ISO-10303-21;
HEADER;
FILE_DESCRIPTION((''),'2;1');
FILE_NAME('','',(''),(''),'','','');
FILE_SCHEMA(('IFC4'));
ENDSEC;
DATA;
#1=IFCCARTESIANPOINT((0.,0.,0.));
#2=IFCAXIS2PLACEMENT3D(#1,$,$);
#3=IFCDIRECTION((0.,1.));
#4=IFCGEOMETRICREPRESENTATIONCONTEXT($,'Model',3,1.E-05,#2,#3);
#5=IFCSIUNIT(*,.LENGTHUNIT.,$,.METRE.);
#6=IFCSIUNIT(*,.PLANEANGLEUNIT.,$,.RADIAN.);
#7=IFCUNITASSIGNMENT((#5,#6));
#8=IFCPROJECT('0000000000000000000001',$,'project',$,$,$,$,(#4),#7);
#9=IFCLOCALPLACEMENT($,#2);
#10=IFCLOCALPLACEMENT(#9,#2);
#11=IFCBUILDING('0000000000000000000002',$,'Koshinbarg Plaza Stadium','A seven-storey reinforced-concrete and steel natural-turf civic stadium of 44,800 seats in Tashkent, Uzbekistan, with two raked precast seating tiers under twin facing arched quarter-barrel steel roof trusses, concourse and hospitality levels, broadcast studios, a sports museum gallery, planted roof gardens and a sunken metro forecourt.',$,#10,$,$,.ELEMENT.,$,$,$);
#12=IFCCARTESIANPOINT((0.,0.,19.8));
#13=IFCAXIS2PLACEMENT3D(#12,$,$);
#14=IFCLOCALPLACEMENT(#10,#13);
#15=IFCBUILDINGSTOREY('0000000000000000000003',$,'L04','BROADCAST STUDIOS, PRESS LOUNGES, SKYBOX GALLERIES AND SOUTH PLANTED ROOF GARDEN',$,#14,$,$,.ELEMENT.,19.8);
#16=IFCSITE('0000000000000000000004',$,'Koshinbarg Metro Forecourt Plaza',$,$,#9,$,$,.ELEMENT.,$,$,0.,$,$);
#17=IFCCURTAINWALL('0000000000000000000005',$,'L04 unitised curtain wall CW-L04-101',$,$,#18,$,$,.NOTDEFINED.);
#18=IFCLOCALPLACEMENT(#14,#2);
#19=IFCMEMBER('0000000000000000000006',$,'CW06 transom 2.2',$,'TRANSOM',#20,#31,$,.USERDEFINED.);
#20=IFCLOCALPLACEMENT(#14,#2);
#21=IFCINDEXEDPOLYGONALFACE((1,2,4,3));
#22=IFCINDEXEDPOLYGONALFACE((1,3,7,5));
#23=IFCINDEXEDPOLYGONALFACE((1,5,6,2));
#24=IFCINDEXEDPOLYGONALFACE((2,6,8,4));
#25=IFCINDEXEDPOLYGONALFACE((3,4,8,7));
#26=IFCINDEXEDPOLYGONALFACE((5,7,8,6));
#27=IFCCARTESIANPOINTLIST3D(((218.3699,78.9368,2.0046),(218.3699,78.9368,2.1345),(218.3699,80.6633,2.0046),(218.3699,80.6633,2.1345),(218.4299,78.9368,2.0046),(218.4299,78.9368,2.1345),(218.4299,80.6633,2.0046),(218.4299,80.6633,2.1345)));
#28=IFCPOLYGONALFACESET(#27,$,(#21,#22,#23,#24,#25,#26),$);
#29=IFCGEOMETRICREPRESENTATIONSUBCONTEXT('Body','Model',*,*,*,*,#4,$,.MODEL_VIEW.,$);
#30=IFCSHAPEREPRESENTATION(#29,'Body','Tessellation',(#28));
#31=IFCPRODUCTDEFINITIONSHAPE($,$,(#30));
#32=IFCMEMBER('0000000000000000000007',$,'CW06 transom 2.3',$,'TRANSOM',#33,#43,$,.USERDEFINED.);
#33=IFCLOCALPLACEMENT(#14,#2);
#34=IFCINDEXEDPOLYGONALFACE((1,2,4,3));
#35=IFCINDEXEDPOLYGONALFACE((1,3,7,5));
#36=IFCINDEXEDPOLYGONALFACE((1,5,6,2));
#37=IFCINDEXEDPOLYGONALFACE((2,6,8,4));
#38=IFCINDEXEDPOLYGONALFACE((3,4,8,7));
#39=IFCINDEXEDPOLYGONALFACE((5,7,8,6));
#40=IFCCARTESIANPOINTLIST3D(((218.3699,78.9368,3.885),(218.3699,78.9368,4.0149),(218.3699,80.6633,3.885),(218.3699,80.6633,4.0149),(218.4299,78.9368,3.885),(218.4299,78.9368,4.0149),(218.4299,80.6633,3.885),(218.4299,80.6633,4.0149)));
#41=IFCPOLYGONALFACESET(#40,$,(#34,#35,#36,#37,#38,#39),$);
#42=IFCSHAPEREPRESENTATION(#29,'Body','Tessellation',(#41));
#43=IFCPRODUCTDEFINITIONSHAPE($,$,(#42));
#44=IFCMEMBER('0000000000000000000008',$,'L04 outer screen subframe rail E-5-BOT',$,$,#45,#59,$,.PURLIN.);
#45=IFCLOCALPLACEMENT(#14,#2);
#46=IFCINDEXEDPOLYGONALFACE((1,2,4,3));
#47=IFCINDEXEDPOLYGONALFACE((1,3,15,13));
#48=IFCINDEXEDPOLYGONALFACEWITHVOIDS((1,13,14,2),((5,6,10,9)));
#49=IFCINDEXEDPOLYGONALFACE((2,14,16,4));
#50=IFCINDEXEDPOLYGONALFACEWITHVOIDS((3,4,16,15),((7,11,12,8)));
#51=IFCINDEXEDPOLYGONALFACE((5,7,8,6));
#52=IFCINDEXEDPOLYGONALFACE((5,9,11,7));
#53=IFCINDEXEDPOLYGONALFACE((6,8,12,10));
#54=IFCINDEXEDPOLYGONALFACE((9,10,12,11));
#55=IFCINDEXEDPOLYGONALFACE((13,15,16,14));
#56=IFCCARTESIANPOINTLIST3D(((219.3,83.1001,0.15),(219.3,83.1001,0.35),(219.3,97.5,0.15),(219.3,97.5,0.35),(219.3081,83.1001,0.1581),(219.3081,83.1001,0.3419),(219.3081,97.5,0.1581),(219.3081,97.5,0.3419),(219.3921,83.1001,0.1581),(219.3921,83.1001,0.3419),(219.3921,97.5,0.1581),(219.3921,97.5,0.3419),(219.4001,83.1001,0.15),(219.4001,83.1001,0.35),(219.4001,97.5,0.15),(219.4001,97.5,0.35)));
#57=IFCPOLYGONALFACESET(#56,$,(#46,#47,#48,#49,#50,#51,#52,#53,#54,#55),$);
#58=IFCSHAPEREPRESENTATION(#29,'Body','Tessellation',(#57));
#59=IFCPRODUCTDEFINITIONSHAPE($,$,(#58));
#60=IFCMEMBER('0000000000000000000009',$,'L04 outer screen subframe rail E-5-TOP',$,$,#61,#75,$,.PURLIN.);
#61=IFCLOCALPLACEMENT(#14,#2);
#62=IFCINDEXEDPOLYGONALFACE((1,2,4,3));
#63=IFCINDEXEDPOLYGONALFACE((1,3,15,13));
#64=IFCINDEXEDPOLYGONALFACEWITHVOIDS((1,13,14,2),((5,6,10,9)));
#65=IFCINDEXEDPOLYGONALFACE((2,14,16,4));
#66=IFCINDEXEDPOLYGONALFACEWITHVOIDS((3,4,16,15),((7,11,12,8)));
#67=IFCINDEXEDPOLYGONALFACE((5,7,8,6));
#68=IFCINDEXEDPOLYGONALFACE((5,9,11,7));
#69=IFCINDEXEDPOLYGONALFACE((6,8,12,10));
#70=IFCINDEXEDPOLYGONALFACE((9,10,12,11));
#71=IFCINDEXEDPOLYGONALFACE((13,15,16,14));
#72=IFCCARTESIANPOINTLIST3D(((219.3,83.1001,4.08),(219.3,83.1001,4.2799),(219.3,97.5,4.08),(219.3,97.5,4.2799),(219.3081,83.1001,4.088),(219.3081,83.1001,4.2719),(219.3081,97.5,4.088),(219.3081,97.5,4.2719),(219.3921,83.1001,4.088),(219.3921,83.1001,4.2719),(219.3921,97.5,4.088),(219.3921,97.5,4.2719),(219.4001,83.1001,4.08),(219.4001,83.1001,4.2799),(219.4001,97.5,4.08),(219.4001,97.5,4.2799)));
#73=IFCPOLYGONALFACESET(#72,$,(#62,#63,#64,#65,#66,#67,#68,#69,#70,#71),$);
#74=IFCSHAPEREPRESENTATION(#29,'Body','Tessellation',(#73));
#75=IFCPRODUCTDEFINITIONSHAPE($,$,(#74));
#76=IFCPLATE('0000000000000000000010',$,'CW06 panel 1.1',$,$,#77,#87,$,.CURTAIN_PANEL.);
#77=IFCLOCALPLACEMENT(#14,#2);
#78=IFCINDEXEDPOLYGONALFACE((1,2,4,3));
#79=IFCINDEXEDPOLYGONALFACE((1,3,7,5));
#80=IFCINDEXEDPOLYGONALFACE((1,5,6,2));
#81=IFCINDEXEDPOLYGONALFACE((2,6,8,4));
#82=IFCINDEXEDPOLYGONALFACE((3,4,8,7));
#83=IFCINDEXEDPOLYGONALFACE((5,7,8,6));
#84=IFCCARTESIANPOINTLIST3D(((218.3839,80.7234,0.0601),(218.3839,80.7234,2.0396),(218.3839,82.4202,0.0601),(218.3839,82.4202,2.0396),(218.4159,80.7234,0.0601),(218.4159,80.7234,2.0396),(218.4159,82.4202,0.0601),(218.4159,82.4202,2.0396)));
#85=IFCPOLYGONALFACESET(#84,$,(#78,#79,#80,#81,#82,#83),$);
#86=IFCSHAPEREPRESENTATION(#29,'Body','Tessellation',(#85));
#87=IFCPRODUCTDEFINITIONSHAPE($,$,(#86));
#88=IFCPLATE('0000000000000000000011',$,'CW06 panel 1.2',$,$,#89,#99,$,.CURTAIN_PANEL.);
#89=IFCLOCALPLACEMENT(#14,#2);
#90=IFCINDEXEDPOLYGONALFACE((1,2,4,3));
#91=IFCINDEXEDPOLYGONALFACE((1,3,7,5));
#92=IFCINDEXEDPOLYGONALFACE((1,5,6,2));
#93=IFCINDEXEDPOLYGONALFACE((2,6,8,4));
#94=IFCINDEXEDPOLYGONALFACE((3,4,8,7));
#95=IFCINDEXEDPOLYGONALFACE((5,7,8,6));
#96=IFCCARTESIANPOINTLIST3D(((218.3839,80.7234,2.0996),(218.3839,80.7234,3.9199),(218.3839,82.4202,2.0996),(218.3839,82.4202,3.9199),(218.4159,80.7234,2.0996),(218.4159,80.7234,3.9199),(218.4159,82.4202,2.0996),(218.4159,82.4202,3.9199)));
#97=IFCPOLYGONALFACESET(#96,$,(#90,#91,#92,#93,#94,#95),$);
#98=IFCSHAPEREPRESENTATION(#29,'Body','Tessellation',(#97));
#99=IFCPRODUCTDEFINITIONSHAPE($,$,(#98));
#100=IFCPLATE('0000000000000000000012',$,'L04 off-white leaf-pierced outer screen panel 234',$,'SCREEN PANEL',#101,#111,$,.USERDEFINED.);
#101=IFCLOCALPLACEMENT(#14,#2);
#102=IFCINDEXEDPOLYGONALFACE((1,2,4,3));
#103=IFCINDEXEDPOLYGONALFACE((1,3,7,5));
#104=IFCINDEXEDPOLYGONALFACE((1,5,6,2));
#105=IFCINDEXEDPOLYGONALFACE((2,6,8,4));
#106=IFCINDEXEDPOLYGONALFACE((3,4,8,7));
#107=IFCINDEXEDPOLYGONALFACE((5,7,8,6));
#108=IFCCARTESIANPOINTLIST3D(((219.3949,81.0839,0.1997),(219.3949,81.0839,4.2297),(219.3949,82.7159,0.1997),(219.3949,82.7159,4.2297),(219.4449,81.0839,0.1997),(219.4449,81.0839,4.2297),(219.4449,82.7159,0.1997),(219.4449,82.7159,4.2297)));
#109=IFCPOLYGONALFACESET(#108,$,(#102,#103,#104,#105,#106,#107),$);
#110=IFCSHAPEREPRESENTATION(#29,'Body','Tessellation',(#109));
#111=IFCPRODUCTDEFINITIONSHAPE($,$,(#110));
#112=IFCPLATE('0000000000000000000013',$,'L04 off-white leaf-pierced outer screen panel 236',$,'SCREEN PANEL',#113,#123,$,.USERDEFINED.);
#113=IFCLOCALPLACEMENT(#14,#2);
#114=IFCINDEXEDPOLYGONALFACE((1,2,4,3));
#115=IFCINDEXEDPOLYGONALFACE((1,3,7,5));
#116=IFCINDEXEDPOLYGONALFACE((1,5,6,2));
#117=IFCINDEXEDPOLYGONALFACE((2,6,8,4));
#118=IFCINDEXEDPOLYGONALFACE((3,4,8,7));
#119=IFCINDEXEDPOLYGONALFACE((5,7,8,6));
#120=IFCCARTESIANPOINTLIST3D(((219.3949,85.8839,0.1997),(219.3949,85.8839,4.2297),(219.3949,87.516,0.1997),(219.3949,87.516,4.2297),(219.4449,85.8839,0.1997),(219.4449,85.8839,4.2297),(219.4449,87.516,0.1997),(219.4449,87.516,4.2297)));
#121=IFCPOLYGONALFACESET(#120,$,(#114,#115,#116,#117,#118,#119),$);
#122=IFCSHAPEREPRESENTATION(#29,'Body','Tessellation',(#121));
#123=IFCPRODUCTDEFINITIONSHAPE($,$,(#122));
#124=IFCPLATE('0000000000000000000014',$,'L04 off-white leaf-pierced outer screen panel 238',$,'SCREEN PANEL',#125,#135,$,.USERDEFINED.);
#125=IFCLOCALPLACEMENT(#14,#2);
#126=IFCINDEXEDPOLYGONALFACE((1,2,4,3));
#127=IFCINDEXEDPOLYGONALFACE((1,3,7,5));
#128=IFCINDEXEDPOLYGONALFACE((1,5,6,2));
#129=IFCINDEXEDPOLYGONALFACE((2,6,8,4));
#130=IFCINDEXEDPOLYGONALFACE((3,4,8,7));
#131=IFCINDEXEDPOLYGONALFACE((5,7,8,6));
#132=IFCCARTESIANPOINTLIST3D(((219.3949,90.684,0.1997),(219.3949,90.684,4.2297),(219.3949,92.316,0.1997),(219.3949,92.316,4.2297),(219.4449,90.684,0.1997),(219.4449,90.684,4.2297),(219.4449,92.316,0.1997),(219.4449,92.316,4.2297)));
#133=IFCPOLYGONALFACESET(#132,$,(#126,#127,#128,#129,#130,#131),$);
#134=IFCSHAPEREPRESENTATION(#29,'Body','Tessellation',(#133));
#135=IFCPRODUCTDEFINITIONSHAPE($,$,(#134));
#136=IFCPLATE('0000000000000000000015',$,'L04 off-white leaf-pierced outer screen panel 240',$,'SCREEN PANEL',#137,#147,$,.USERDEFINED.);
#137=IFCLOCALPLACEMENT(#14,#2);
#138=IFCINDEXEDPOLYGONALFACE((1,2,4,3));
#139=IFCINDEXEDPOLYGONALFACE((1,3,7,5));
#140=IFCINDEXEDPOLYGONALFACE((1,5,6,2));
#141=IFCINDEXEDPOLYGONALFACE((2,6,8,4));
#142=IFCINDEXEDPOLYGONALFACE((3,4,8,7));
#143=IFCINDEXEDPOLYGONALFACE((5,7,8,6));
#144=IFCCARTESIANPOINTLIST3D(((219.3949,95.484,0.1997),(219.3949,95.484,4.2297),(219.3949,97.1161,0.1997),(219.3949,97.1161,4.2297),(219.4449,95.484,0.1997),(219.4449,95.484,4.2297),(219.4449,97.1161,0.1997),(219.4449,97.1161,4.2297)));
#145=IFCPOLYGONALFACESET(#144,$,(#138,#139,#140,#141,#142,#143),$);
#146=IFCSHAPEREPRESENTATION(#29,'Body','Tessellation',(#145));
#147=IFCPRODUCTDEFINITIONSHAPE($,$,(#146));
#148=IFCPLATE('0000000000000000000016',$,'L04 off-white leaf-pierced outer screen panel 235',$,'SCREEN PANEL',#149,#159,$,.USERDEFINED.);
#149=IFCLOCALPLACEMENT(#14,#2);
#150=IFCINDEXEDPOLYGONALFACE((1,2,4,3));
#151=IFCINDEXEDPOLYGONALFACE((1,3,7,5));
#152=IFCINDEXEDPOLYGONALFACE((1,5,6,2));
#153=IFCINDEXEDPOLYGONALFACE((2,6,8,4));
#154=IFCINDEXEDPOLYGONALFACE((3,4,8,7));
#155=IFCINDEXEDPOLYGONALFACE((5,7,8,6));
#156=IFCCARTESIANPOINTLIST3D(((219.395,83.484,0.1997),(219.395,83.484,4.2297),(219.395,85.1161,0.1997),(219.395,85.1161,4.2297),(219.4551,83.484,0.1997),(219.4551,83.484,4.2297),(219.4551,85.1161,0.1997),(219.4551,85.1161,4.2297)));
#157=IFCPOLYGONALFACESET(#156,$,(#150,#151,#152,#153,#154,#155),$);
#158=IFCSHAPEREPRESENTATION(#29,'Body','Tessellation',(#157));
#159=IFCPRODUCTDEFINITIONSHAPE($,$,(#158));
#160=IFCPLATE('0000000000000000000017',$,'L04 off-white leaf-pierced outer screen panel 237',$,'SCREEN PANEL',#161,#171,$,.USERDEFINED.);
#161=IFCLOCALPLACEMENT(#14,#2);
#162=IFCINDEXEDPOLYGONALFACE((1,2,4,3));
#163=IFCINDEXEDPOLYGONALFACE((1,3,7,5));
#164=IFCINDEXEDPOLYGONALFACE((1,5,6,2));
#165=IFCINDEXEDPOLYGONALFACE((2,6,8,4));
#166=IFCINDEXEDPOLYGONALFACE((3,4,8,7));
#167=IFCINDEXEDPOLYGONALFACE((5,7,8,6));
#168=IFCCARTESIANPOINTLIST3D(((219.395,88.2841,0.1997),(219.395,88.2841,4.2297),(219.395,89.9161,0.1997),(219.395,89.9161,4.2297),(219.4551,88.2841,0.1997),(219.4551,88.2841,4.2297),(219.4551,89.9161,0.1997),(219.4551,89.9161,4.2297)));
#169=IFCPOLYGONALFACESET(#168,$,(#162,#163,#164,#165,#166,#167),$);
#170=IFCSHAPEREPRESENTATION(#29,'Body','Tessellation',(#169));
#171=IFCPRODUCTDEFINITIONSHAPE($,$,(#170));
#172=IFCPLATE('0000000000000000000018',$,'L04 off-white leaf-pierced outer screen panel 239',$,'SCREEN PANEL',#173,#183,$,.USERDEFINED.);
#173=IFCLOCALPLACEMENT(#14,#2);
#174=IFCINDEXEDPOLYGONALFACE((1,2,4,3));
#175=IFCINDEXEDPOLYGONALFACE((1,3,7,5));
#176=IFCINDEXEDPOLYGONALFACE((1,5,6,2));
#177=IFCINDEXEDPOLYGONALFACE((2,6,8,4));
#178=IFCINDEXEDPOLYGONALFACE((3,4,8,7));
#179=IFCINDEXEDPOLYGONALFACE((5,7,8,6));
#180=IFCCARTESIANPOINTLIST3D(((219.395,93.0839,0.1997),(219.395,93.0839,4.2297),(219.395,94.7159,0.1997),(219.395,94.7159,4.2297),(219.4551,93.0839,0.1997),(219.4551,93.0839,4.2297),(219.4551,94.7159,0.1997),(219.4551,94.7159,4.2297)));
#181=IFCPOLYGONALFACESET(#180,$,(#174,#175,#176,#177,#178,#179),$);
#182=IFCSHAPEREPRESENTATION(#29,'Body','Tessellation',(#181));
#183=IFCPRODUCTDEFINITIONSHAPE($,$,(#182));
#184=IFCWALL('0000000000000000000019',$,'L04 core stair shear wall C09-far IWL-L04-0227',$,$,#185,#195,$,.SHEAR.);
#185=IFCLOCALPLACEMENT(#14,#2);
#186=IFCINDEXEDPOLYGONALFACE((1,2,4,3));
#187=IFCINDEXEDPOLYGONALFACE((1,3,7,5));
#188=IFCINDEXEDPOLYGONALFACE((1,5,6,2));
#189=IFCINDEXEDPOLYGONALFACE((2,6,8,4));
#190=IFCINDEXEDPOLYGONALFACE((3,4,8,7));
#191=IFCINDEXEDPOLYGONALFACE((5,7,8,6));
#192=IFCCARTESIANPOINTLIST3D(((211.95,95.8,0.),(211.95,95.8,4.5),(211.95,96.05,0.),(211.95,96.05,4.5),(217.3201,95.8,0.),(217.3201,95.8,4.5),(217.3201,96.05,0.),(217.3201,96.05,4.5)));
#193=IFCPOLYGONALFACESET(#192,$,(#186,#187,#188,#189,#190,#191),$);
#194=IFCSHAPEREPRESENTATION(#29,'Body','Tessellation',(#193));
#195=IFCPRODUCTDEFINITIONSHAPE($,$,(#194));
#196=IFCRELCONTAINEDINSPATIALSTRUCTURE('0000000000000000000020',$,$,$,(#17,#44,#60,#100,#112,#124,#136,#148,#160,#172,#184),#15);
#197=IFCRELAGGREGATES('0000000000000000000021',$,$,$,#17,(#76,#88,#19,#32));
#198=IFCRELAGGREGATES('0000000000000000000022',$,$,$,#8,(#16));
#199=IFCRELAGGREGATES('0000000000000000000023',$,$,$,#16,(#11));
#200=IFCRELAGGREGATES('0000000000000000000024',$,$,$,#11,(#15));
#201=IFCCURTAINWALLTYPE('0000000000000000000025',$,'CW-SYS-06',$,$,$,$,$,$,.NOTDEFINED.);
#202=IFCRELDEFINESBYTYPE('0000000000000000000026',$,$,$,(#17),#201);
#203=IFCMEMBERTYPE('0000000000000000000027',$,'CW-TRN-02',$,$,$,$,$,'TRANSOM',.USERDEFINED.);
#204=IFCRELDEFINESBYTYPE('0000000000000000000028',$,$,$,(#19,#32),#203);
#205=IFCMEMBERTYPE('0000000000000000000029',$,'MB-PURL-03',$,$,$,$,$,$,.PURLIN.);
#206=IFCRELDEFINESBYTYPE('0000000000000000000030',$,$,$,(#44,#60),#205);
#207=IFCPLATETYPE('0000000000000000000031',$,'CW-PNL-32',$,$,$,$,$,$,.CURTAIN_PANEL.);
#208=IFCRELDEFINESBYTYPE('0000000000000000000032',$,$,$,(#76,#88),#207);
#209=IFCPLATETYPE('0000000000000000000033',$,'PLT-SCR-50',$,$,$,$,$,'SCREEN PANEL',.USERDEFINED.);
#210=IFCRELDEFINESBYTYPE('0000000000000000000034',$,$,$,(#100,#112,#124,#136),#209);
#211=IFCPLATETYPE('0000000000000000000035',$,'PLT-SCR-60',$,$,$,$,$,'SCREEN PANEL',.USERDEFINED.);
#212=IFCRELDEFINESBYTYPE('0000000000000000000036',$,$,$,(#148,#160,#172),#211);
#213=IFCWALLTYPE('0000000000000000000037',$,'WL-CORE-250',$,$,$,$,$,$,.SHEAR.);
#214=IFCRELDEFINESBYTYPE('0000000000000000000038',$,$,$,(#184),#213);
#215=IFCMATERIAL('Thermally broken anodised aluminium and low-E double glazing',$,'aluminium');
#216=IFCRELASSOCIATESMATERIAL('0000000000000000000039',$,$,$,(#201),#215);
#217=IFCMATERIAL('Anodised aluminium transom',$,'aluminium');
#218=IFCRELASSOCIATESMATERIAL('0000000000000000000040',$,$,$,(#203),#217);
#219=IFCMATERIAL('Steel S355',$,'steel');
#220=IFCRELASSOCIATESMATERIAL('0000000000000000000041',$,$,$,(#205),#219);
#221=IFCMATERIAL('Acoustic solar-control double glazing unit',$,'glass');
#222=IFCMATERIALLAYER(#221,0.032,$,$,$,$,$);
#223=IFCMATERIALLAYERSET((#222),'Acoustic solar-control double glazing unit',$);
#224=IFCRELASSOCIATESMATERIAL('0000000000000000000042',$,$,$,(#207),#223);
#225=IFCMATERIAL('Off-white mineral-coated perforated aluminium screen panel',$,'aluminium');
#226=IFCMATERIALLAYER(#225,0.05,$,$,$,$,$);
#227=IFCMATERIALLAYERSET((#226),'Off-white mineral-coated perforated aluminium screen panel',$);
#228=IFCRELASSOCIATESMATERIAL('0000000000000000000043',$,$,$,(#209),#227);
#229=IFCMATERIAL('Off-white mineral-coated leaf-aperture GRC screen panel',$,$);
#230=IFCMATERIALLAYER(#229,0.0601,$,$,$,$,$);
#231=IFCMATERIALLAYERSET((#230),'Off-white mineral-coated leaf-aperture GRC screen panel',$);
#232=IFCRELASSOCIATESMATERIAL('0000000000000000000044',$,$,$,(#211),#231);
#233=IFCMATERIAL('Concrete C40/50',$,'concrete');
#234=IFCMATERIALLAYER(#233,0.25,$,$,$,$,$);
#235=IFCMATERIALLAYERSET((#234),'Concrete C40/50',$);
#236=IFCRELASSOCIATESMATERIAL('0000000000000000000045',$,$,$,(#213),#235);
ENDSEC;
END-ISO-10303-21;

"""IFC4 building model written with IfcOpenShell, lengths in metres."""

from ifc_helpers import new_model, si_unit, direction, frame, frame_2d, origin, origin_2d, place, context, subcontext, project, spatial, rectangle, hollow_rectangle, extrude, material, layer, layer_set, material_profile, profile_set, type_object, element, aggregate, save


model = new_model("IFC4")

# Units and contexts
model_context = context("Model", 3, precision=1e-05, world=origin(), true_north=direction((0.0, 1.0)))
body_context = subcontext(model_context, "Body", "Model", "MODEL_VIEW")
ifc_project = project(units=[si_unit("LENGTHUNIT", "METRE"), si_unit("PLANEANGLEUNIT", "RADIAN")], contexts=[model_context])

# Site, building, storey
site_placement = place(None, origin())
site = spatial("IfcSite", under=ifc_project, at=site_placement, Name="Koshinbarg Metro Forecourt Plaza", CompositionType="ELEMENT", RefElevation=0.0)
building_placement = place(site_placement, origin())
building = spatial("IfcBuilding", under=site, at=building_placement, Name="Koshinbarg Plaza Stadium", Description="A seven-storey reinforced-concrete and steel natural-turf civic stadium of 44,800 seats in Tashkent, Uzbekistan, with two raked precast seating tiers under twin facing arched quarter-barrel steel roof trusses, concourse and hospitality levels, broadcast studios, a sports museum gallery, planted roof gardens and a sunken metro forecourt.", CompositionType="ELEMENT")
storey_placement = place(building_placement, frame((0.0, 0.0, 19.8)))
storey = spatial("IfcBuildingStorey", under=building, at=storey_placement, Name="L04", Description="BROADCAST STUDIOS, PRESS LOUNGES, SKYBOX GALLERIES AND SOUTH PLANTED ROOF GARDEN", CompositionType="ELEMENT", Elevation=19.8)

# Shared definitions
ifc_material_1 = material(Name="Concrete C40/50", Category="concrete")

# Shared definitions
ifc_material_2 = material(Name="Steel S355", Category="steel")

# Curtain wall, members
ifc_material_3 = material(Name="Thermally broken anodised aluminium and low-E double glazing", Category="aluminium")
curtain_wall_type = type_object("IfcCurtainWallType", Name="CW-SYS-06", PredefinedType="NOTDEFINED", material=ifc_material_3)
curtain_wall_placement = place(storey_placement, origin())
curtain_wall = element("IfcCurtainWall", 1, at=curtain_wall_placement, inside=storey, type_object=curtain_wall_type, Name="L04 unitised curtain wall CW-L04-101", PredefinedType="NOTDEFINED")
ifc_material_4 = material(Name="Anodised aluminium transom", Category="aluminium")
ifc_material_profile_1 = material_profile(ifc_material_4, rectangle(XDim=0.0601, YDim=0.1299, at=origin_2d()), Name="ALU 60x130")
ifc_profile_set_1 = profile_set([ifc_material_profile_1], Name="Anodised aluminium transom")
member_type_1 = type_object("IfcMemberType", Name="CW-TRN-02", ElementType="TRANSOM", PredefinedType="USERDEFINED", material=ifc_profile_set_1)
member_1_placement = place(storey_placement, frame((218.3999, 80.6633, 2.0696), z_axis=(0.0, -1.0, 0.0), x_axis=(1.0, 0.0, 0.0)))
member_1 = element("IfcMember", 2, at=member_1_placement, type_object=member_type_1, Name="CW06 transom 2.2", ObjectType="TRANSOM", PredefinedType="USERDEFINED", context=body_context, shape_type="SweptSolid", body=[
    extrude(rectangle(XDim=0.0601, YDim=0.1299, at=origin_2d()), origin(), (0.0, 0.0, 1.0), 1.7266),
])
member_2_placement = place(storey_placement, frame((218.3999, 80.6633, 3.95), z_axis=(0.0, -1.0, 0.0), x_axis=(1.0, 0.0, 0.0)))
member_2 = element("IfcMember", 3, at=member_2_placement, type_object=member_type_1, Name="CW06 transom 2.3", ObjectType="TRANSOM", PredefinedType="USERDEFINED", context=body_context, shape_type="SweptSolid", body=[
    extrude(rectangle(XDim=0.0601, YDim=0.1299, at=origin_2d()), origin(), (0.0, 0.0, 1.0), 1.7266),
])

# Members
ifc_material_profile_2 = material_profile(ifc_material_2, hollow_rectangle(XDim=0.1001, YDim=0.2, WallThickness=0.0081, at=origin_2d()), Name="RHS 200x100x8")
ifc_profile_set_2 = profile_set([ifc_material_profile_2], Name="Steel S355")
member_type_2 = type_object("IfcMemberType", Name="MB-PURL-03", PredefinedType="PURLIN", material=ifc_profile_set_2)
for number, where, z_axis, x_axis, name in (
    (4, (219.3501, 83.1001, 0.25), (0.0, 1.0, 0.0), (-1.0, 0.0, 0.0), "L04 outer screen subframe rail E-5-BOT"),
    (5, (219.3501, 83.1001, 4.1799), (0.0, 1.0, 0.0), (-1.0, 0.0, 0.0), "L04 outer screen subframe rail E-5-TOP"),
):
    element("IfcMember", number, at=place(storey_placement, frame(where, z_axis=z_axis, x_axis=x_axis)), inside=storey, type_object=member_type_2, Name=name, PredefinedType="PURLIN", context=body_context, shape_type="SweptSolid", body=[
        extrude(hollow_rectangle(XDim=0.1001, YDim=0.2, WallThickness=0.0081, at=origin_2d()), origin(), (0.0, 0.0, 1.0), 14.3999),
    ])

# Plates
ifc_material_5 = material(Name="Acoustic solar-control double glazing unit", Category="glass")
ifc_layer_1 = layer(ifc_material_5, 0.032)
ifc_layer_set_1 = layer_set([ifc_layer_1], Name="Acoustic solar-control double glazing unit")
plate_type_1 = type_object("IfcPlateType", Name="CW-PNL-32", PredefinedType="CURTAIN_PANEL", material=ifc_layer_set_1)
plate_1_placement = place(storey_placement, frame((218.3999, 81.5718, 0.0601), z_axis=(0.0, 0.0, 1.0), x_axis=(0.0, -1.0, 0.0)))
plate_1 = element("IfcPlate", 6, at=plate_1_placement, type_object=plate_type_1, Name="CW06 panel 1.1", PredefinedType="CURTAIN_PANEL", context=body_context, shape_type="SweptSolid", body=[
    extrude(rectangle(XDim=1.6968, YDim=0.032, at=origin_2d()), origin(), (0.0, 0.0, 1.0), 1.9795),
])
plate_2_placement = place(storey_placement, frame((218.3999, 81.5718, 2.0996), z_axis=(0.0, 0.0, 1.0), x_axis=(0.0, -1.0, 0.0)))
plate_2 = element("IfcPlate", 7, at=plate_2_placement, type_object=plate_type_1, Name="CW06 panel 1.2", PredefinedType="CURTAIN_PANEL", context=body_context, shape_type="SweptSolid", body=[
    extrude(rectangle(XDim=1.6968, YDim=0.032, at=origin_2d()), origin(), (0.0, 0.0, 1.0), 1.8203),
])
aggregate(curtain_wall, [plate_1, plate_2, member_1, member_2])

# Plates
ifc_material_6 = material(Name="Off-white mineral-coated perforated aluminium screen panel", Category="aluminium")
ifc_layer_2 = layer(ifc_material_6, 0.05)
ifc_layer_set_2 = layer_set([ifc_layer_2], Name="Off-white mineral-coated perforated aluminium screen panel")
plate_type_2 = type_object("IfcPlateType", Name="PLT-SCR-50", ElementType="SCREEN PANEL", PredefinedType="USERDEFINED", material=ifc_layer_set_2)
for number, where, z_axis, x_axis, name in (
    (8, (219.4199, 81.8999, 0.1997), (0.0, 0.0, 1.0), (1.0, 0.0, 0.0), "L04 off-white leaf-pierced outer screen panel 234"),
    (9, (219.4199, 86.7, 0.1997), (0.0, 0.0, 1.0), (1.0, 0.0, 0.0), "L04 off-white leaf-pierced outer screen panel 236"),
    (10, (219.4199, 91.5, 0.1997), (0.0, 0.0, 1.0), (1.0, 0.0, 0.0), "L04 off-white leaf-pierced outer screen panel 238"),
    (11, (219.4199, 96.3, 0.1997), (0.0, 0.0, 1.0), (1.0, 0.0, 0.0), "L04 off-white leaf-pierced outer screen panel 240"),
):
    element("IfcPlate", number, at=place(storey_placement, frame(where, z_axis=z_axis, x_axis=x_axis)), inside=storey, type_object=plate_type_2, Name=name, ObjectType="SCREEN PANEL", PredefinedType="USERDEFINED", context=body_context, shape_type="SweptSolid", body=[
        extrude(rectangle(XDim=0.05, YDim=1.6321, at=origin_2d()), origin(), (0.0, 0.0, 1.0), 4.03),
    ])
ifc_material_7 = material(Name="Off-white mineral-coated leaf-aperture GRC screen panel")
ifc_layer_3 = layer(ifc_material_7, 0.0601)
ifc_layer_set_3 = layer_set([ifc_layer_3], Name="Off-white mineral-coated leaf-aperture GRC screen panel")
plate_type_3 = type_object("IfcPlateType", Name="PLT-SCR-60", ElementType="SCREEN PANEL", PredefinedType="USERDEFINED", material=ifc_layer_set_3)
for number, where, z_axis, x_axis, name in (
    (12, (219.425, 84.3, 0.1997), (0.0, 0.0, 1.0), (1.0, 0.0, 0.0), "L04 off-white leaf-pierced outer screen panel 235"),
    (13, (219.425, 89.1001, 0.1997), (0.0, 0.0, 1.0), (1.0, 0.0, 0.0), "L04 off-white leaf-pierced outer screen panel 237"),
    (14, (219.425, 93.8999, 0.1997), (0.0, 0.0, 1.0), (1.0, 0.0, 0.0), "L04 off-white leaf-pierced outer screen panel 239"),
):
    element("IfcPlate", number, at=place(storey_placement, frame(where, z_axis=z_axis, x_axis=x_axis)), inside=storey, type_object=plate_type_3, Name=name, ObjectType="SCREEN PANEL", PredefinedType="USERDEFINED", context=body_context, shape_type="SweptSolid", body=[
        extrude(rectangle(XDim=0.0601, YDim=1.6321, at=origin_2d()), origin(), (0.0, 0.0, 1.0), 4.03),
    ])

# Wall
ifc_layer_4 = layer(ifc_material_1, 0.25)
ifc_layer_set_4 = layer_set([ifc_layer_4], Name="Concrete C40/50")
wall_type_1 = type_object("IfcWallType", Name="WL-CORE-250", PredefinedType="SHEAR", material=ifc_layer_set_4)
wall_1_placement = place(storey_placement, frame((217.3201, 95.925, 0.0), z_axis=(0.0, 0.0, 1.0), x_axis=(-1.0, 0.0, 0.0)))
element("IfcWall", 15, at=wall_1_placement, inside=storey, type_object=wall_type_1, Name="L04 core stair shear wall C09-far IWL-L04-0227", PredefinedType="SHEAR", context=body_context, shape_type="SweptSolid", body=[
    extrude(rectangle(XDim=5.3701, YDim=0.25, at=frame_2d((2.6851, 0.0))), origin(), (0.0, 0.0, 1.0), 4.5),
])

save(model, "model.ifc")
